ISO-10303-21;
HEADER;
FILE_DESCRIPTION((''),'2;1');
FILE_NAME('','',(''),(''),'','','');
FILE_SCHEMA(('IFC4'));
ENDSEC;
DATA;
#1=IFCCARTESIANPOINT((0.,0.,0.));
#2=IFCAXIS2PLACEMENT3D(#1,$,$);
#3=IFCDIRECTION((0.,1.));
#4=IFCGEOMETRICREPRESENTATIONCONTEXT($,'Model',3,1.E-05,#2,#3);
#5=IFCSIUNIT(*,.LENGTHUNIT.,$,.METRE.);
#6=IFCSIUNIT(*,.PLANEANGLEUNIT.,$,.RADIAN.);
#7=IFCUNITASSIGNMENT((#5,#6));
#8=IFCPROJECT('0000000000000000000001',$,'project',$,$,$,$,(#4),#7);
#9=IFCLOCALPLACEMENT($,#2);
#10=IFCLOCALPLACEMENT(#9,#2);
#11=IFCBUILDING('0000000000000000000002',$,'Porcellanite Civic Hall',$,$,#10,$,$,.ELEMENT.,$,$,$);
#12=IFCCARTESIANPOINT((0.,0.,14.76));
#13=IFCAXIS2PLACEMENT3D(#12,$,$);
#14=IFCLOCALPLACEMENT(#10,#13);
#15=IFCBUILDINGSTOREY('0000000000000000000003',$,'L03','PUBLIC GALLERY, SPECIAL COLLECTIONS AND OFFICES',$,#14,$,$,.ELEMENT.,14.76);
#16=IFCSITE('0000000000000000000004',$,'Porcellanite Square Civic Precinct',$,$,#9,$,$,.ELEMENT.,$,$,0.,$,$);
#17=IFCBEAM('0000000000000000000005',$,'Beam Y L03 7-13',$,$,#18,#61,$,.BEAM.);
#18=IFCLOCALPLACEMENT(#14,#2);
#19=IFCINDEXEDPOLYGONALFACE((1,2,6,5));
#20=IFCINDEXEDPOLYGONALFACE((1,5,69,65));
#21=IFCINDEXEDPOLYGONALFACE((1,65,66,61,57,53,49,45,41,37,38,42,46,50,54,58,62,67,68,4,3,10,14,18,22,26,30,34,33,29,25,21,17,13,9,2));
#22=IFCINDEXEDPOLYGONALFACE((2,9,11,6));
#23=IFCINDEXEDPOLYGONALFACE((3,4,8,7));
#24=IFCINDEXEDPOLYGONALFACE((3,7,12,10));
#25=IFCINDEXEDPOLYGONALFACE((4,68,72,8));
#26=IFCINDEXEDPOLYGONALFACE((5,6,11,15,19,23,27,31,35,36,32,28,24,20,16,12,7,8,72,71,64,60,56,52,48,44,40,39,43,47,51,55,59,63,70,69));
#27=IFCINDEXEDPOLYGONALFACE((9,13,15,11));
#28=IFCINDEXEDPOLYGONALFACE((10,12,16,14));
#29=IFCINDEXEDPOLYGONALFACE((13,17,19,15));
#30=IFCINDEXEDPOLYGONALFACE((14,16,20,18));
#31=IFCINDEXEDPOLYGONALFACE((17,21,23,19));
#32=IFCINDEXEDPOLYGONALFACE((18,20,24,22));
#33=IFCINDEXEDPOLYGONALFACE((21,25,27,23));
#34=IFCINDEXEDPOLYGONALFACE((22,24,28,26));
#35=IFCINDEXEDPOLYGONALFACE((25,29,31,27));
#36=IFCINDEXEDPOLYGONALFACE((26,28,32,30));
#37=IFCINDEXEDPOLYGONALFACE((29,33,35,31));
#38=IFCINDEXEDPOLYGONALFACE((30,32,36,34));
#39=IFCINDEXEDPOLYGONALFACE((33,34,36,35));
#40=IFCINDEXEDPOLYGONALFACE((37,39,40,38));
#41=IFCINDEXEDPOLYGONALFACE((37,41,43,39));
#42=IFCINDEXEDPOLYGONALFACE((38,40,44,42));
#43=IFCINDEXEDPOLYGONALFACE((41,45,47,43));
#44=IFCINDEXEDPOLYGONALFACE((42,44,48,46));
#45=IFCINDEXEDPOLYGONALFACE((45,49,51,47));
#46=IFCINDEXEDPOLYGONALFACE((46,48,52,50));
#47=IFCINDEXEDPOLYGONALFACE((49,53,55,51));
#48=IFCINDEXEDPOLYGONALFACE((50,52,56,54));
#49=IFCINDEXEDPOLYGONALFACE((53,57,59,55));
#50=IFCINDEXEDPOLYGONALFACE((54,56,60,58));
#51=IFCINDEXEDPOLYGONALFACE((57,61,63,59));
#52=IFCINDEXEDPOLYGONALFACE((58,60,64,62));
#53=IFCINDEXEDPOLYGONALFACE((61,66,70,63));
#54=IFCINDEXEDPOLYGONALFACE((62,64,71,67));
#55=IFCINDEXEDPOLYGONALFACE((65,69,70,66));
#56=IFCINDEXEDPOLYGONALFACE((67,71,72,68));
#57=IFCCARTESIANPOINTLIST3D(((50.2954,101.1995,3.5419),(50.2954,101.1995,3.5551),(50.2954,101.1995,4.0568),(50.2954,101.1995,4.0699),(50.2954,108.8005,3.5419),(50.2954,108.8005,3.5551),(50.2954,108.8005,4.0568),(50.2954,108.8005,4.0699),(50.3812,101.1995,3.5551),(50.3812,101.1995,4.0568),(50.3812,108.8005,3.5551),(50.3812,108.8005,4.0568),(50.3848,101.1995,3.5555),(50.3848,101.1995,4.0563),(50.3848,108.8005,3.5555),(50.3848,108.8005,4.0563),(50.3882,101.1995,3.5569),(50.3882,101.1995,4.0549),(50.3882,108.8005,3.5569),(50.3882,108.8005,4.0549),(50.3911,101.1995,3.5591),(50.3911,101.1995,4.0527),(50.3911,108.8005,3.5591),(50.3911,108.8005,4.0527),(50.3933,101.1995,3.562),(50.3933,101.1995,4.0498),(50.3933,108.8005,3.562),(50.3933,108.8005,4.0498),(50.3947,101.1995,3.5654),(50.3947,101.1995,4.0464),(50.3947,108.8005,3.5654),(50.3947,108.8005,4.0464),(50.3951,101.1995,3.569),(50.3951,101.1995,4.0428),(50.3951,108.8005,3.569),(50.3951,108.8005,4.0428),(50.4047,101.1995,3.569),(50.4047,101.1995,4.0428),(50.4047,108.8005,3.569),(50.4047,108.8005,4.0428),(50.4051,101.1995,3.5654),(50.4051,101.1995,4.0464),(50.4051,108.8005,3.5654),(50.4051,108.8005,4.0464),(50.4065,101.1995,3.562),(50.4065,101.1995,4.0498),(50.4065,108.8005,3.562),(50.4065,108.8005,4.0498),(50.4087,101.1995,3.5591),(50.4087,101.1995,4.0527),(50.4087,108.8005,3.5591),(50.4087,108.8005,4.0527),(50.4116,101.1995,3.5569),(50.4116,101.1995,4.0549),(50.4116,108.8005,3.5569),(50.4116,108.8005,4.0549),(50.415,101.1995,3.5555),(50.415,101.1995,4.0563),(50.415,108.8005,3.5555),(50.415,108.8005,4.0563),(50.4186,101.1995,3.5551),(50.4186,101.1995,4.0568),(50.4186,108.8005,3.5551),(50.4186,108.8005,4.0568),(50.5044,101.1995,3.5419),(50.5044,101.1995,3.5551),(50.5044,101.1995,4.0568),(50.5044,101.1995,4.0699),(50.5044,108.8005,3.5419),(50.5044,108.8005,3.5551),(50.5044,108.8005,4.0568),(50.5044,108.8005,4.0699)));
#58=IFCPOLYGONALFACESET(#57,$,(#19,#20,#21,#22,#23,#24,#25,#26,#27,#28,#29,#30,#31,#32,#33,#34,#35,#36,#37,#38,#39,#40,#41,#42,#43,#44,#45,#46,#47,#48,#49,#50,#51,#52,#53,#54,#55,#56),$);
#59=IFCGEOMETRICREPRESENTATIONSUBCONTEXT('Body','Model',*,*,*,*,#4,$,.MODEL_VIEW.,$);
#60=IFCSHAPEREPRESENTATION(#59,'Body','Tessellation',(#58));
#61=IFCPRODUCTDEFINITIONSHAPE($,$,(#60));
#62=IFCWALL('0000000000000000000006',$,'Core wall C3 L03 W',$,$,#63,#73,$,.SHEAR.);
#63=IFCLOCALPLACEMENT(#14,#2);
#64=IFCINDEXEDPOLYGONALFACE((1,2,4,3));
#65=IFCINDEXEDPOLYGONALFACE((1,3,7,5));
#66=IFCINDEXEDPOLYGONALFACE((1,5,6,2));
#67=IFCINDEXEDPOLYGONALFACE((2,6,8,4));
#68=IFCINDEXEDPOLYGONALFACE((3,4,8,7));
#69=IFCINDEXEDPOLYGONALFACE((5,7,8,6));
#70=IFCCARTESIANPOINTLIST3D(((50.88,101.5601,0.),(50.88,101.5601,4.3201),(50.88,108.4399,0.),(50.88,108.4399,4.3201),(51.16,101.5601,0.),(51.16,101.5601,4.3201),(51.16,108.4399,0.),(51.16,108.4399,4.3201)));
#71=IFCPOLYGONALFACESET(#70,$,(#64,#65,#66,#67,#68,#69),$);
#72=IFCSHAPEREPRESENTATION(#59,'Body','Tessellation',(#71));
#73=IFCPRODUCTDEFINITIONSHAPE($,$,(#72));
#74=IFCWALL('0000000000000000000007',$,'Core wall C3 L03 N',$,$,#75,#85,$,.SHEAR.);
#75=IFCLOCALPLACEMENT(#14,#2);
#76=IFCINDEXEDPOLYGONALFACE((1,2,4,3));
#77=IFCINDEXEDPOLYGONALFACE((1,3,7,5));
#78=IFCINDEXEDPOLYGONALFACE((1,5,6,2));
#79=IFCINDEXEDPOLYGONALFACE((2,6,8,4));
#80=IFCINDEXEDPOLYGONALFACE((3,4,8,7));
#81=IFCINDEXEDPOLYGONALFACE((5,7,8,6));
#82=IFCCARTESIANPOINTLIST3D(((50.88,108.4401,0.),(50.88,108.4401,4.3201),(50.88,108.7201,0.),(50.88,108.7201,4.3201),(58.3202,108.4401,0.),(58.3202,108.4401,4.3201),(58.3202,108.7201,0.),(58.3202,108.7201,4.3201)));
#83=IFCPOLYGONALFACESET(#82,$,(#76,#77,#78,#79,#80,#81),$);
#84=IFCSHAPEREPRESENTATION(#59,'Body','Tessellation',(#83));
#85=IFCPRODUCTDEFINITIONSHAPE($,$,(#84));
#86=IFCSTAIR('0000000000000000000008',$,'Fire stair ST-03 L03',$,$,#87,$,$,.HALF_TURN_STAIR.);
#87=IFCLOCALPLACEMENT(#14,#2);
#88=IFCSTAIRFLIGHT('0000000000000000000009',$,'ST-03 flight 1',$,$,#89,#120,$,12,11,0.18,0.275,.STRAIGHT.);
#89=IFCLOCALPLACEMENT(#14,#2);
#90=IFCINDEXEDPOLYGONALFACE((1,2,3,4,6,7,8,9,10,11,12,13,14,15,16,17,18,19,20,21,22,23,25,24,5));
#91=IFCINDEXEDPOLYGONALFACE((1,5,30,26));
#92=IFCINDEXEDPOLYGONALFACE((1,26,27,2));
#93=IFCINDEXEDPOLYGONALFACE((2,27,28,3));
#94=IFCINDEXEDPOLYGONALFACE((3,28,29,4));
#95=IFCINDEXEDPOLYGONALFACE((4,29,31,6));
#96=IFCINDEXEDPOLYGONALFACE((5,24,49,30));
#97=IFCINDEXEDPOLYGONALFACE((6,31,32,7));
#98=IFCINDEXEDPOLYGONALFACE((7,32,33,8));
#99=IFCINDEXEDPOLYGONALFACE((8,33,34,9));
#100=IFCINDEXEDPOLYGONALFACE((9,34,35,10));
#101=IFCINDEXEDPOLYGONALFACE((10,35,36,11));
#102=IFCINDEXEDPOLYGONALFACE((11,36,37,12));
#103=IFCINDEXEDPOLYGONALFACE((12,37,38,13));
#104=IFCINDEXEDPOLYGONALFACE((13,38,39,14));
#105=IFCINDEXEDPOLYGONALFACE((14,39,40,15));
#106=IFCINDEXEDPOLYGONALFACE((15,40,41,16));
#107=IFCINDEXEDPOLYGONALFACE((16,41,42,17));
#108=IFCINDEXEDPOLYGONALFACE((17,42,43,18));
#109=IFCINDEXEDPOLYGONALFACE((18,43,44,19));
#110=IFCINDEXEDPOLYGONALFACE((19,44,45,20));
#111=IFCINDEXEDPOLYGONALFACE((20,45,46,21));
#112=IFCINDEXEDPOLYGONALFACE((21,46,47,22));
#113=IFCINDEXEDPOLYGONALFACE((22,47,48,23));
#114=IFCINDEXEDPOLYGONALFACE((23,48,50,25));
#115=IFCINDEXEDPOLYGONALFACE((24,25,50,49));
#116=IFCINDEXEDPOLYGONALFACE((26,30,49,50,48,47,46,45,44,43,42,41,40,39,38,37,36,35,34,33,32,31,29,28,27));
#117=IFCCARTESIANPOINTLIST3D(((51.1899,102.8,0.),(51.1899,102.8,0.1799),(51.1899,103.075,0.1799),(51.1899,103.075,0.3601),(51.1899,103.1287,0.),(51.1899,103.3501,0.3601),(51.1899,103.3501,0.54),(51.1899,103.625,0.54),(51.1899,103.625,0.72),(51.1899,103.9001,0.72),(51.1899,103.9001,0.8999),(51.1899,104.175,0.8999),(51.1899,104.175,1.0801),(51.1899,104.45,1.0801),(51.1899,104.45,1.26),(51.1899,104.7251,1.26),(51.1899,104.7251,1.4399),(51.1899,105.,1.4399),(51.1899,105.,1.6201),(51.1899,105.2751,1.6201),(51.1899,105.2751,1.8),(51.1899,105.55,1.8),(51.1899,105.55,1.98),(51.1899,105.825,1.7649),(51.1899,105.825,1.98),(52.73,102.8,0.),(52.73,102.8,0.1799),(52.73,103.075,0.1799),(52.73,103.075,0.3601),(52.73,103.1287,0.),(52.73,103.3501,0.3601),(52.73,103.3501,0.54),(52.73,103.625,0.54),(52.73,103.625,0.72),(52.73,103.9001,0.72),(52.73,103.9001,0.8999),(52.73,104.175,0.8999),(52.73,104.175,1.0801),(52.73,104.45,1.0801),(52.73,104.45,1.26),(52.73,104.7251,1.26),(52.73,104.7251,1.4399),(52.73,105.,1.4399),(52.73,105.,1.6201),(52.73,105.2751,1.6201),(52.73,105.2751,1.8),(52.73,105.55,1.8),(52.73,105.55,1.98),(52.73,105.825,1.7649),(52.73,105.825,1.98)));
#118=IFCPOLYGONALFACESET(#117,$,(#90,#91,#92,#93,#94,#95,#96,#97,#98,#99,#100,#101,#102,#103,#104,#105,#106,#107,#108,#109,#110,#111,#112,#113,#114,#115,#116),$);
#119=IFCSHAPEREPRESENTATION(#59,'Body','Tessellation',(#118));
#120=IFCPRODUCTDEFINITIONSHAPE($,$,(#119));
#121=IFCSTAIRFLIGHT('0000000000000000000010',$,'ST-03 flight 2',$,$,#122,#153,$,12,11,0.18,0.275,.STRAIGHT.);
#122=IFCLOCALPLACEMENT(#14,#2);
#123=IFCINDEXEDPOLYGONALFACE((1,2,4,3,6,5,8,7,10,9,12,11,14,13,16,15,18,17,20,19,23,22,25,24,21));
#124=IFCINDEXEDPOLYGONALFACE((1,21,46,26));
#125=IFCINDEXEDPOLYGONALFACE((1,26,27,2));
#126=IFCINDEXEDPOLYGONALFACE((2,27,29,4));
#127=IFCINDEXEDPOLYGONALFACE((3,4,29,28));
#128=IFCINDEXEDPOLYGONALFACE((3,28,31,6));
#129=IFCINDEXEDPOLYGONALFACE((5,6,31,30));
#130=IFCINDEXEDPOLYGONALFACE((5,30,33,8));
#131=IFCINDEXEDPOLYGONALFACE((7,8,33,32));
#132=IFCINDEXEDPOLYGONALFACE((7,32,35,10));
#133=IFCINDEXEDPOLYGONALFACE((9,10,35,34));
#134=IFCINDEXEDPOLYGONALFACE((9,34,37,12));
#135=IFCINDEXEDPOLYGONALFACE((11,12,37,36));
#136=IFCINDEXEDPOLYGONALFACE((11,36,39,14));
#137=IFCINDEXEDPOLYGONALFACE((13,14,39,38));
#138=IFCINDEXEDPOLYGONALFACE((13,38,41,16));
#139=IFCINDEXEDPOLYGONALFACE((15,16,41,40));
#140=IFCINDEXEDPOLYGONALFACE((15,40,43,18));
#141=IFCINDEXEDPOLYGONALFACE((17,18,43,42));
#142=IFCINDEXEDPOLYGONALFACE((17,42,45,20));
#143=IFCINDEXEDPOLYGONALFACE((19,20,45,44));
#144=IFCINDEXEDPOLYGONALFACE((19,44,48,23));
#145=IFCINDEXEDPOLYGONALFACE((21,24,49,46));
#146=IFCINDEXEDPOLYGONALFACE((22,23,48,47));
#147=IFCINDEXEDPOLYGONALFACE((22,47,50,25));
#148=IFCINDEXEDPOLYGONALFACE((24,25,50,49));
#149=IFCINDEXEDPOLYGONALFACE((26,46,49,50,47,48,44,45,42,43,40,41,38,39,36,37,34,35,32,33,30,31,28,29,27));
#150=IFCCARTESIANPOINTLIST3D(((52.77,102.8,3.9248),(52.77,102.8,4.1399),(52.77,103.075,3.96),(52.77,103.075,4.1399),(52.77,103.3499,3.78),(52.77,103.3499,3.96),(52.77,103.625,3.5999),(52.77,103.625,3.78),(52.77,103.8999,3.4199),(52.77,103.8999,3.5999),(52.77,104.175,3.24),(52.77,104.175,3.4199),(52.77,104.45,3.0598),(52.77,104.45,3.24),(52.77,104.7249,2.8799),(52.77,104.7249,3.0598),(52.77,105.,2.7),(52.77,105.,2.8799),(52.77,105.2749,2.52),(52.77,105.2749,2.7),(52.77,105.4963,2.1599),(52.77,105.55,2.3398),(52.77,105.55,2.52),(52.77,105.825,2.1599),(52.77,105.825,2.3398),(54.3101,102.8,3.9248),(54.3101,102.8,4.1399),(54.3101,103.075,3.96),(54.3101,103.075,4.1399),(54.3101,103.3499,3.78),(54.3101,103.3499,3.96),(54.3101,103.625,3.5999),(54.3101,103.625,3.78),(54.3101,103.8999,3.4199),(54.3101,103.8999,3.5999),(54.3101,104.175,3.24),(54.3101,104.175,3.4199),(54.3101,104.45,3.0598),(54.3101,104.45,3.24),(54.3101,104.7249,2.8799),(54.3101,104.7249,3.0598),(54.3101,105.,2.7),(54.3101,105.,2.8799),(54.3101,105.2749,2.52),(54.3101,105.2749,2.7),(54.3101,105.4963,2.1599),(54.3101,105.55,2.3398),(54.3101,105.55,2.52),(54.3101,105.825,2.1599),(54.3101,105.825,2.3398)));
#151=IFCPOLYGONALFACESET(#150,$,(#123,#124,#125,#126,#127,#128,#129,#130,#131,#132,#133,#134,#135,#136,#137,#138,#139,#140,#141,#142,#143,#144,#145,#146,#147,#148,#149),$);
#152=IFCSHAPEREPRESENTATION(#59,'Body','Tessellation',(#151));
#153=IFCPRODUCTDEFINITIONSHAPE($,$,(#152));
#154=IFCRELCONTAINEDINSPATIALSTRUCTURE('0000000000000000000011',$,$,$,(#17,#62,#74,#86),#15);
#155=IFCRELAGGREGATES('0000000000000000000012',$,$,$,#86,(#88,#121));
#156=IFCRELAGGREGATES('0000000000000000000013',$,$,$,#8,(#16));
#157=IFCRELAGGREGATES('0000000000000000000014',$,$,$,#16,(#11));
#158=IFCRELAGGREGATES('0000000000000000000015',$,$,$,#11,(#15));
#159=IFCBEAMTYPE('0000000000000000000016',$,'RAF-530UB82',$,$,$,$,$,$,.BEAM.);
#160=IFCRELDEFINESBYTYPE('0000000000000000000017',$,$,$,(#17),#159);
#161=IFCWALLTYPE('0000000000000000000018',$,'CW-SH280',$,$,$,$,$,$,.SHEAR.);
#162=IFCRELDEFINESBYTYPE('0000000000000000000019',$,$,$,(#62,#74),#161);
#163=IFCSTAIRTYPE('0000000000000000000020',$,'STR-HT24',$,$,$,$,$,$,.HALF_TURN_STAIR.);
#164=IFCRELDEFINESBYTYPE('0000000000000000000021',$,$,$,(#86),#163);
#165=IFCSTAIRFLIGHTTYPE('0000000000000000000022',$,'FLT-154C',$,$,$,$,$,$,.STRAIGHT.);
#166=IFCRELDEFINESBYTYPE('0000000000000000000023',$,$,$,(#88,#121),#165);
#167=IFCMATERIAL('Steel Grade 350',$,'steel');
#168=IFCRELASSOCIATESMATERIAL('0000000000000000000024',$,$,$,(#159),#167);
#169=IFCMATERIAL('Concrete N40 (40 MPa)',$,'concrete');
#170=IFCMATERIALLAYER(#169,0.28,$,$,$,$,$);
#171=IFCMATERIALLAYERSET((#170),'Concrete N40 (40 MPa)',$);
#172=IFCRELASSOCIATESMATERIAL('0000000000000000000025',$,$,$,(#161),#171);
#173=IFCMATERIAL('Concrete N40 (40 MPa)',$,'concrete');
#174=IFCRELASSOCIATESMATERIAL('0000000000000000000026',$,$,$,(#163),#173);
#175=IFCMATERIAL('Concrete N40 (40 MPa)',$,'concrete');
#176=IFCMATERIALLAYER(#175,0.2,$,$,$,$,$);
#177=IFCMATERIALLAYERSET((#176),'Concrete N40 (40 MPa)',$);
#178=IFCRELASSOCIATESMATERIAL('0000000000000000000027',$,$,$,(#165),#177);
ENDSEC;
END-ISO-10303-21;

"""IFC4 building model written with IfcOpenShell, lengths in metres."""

from ifc_helpers import new_model, si_unit, direction, frame, frame_2d, origin, origin_2d, place, context, subcontext, project, spatial, polyline, rectangle, i_section, outline, extrude, material, layer, layer_set, material_profile, profile_set, type_object, element, aggregate, save


model = new_model("IFC4")

# Units and contexts
model_context = context("Model", 3, precision=1e-05, world=origin(), true_north=direction((0.0, 1.0)))
body_context = subcontext(model_context, "Body", "Model", "MODEL_VIEW")
ifc_project = project(units=[si_unit("LENGTHUNIT", "METRE"), si_unit("PLANEANGLEUNIT", "RADIAN")], contexts=[model_context])

# Site, building, storey
site_placement = place(None, origin())
site = spatial("IfcSite", under=ifc_project, at=site_placement, Name="Porcellanite Square Civic Precinct", CompositionType="ELEMENT", RefElevation=0.0)
building_placement = place(site_placement, origin())
building = spatial("IfcBuilding", under=site, at=building_placement, Name="Porcellanite Civic Hall", CompositionType="ELEMENT")
storey_placement = place(building_placement, frame((0.0, 0.0, 14.76)))
storey = spatial("IfcBuildingStorey", under=building, at=storey_placement, Name="L03", Description="PUBLIC GALLERY, SPECIAL COLLECTIONS AND OFFICES", CompositionType="ELEMENT", Elevation=14.76)

# Beam
ifc_material_1 = material(Name="Steel Grade 350", Category="steel")
ifc_material_profile_1 = material_profile(ifc_material_1, i_section(OverallWidth=0.209, OverallDepth=0.5281, WebThickness=0.0095, FlangeThickness=0.0132, FilletRadius=0.0139, at=origin_2d()), Name="530UB82.0")
ifc_profile_set_1 = profile_set([ifc_material_profile_1], Name="Steel Grade 350")
beam_type_1 = type_object("IfcBeamType", Name="RAF-530UB82", PredefinedType="BEAM", material=ifc_profile_set_1)
beam_1_placement = place(storey_placement, frame((50.3999, 101.1995, 3.8059), z_axis=(0.0, 1.0, 0.0), x_axis=(-1.0, 0.0, 0.0)))
element("IfcBeam", 1, at=beam_1_placement, inside=storey, type_object=beam_type_1, Name="Beam Y L03 7-13", PredefinedType="BEAM", context=body_context, shape_type="SweptSolid", body=[
    extrude(i_section(OverallWidth=0.209, OverallDepth=0.5281, WebThickness=0.0095, FlangeThickness=0.0132, FilletRadius=0.0139, at=origin_2d()), origin(), (0.0, 0.0, 1.0), 7.6011),
])

# Shared definitions
ifc_material_2 = material(Name="Concrete N40 (40 MPa)", Category="concrete")
ifc_layer_1 = layer(ifc_material_2, 0.28)
ifc_layer_set_1 = layer_set([ifc_layer_1], Name="Concrete N40 (40 MPa)")
wall_type_1 = type_object("IfcWallType", Name="CW-SH280", PredefinedType="SHEAR", material=ifc_layer_set_1)

# Walls
wall_1_placement = place(storey_placement, frame((51.02, 101.5601, 0.0), z_axis=(0.0, 0.0, 1.0), x_axis=(0.0, 1.0, 0.0)))
element("IfcWall", 2, at=wall_1_placement, inside=storey, type_object=wall_type_1, Name="Core wall C3 L03 W", PredefinedType="SHEAR", context=body_context, shape_type="SweptSolid", body=[
    extrude(rectangle(XDim=6.8799, YDim=0.28, at=frame_2d((3.4399, 0.0))), origin(), (0.0, 0.0, 1.0), 4.3201),
])
wall_2_placement = place(storey_placement, frame((50.8799, 108.5801, 0.0), z_axis=(0.0, 0.0, 1.0), x_axis=(1.0, 0.0, 0.0)))
element("IfcWall", 3, at=wall_2_placement, inside=storey, type_object=wall_type_1, Name="Core wall C3 L03 N", PredefinedType="SHEAR", context=body_context, shape_type="SweptSolid", body=[
    extrude(rectangle(XDim=7.4402, YDim=0.28, at=frame_2d((3.7202, 0.0))), origin(), (0.0, 0.0, 1.0), 4.3201),
])

# Stair, stair flights
ifc_material_3 = material(Name="Concrete N40 (40 MPa)", Category="concrete")
stair_type = type_object("IfcStairType", Name="STR-HT24", PredefinedType="HALF_TURN_STAIR", material=ifc_material_3)
stair_placement = place(storey_placement, origin())
stair = element("IfcStair", 4, at=stair_placement, inside=storey, type_object=stair_type, Name="Fire stair ST-03 L03", PredefinedType="HALF_TURN_STAIR")
ifc_material_4 = material(Name="Concrete N40 (40 MPa)", Category="concrete")
ifc_layer_2 = layer(ifc_material_4, 0.2)
ifc_layer_set_2 = layer_set([ifc_layer_2], Name="Concrete N40 (40 MPa)")
stair_flight_type = type_object("IfcStairFlightType", Name="FLT-154C", PredefinedType="STRAIGHT", material=ifc_layer_set_2)
stair_flight_1_placement = place(storey_placement, frame((51.96, 102.8, 0.0), z_axis=(0.0, 0.0, 1.0), x_axis=(0.0, 1.0, 0.0)))
stair_flight_1 = element("IfcStairFlight", 5, at=stair_flight_1_placement, type_object=stair_flight_type, Name="ST-03 flight 1", NumberOfRisers=12, NumberOfTreads=11, PredefinedType="STRAIGHT", RiserHeight=0.18, TreadLength=0.275, context=body_context, shape_type="SweptSolid", body=[
    extrude(outline(polyline([(0.0, 0.0), (0.0, 0.1799), (0.2749, 0.1799), (0.2749, 0.3601), (0.55, 0.3601), (0.55, 0.54), (0.825, 0.54), (0.825, 0.72), (1.1001, 0.72), (1.1001, 0.8999), (1.375, 0.8999), (1.375, 1.0801), (1.6499, 1.0801), (1.6499, 1.26), (1.925, 1.26), (1.925, 1.4399), (2.2, 1.4399), (2.2, 1.6201), (2.4751, 1.6201), (2.4751, 1.8), (2.75, 1.8), (2.75, 1.98), (3.0249, 1.98), (3.0249, 2.1599), (3.0249, 1.7649), (0.3286, 0.0), (0.0, 0.0)])), frame((0.0, 0.77, 0.0), z_axis=(0.0, -1.0, 0.0), x_axis=(1.0, 0.0, 0.0)), (0.0, 0.0, 1.0), 1.54),
])
stair_flight_2_placement = place(storey_placement, frame((53.54, 105.825, 2.1599), z_axis=(0.0, 0.0, 1.0), x_axis=(0.0, -1.0, 0.0)))
stair_flight_2 = element("IfcStairFlight", 6, at=stair_flight_2_placement, type_object=stair_flight_type, Name="ST-03 flight 2", NumberOfRisers=12, NumberOfTreads=11, PredefinedType="STRAIGHT", RiserHeight=0.18, TreadLength=0.275, context=body_context, shape_type="SweptSolid", body=[
    extrude(outline(polyline([(0.0, 0.0), (0.0, 0.1799), (0.2749, 0.1799), (0.2749, 0.3601), (0.55, 0.3601), (0.55, 0.54), (0.825, 0.54), (0.825, 0.72), (1.1001, 0.72), (1.1001, 0.8999), (1.375, 0.8999), (1.375, 1.0801), (1.6499, 1.0801), (1.6499, 1.26), (1.925, 1.26), (1.925, 1.4399), (2.2, 1.4399), (2.2, 1.6201), (2.4751, 1.6201), (2.4751, 1.8), (2.75, 1.8), (2.75, 1.98), (3.0249, 1.98), (3.0249, 2.1599), (3.0249, 1.7649), (0.3286, 0.0), (0.0, 0.0)])), frame((0.0, 0.77, 0.0), z_axis=(0.0, -1.0, 0.0), x_axis=(1.0, 0.0, 0.0)), (0.0, 0.0, 1.0), 1.54),
])
aggregate(stair, [stair_flight_1, stair_flight_2])

save(model, "model.ifc")
